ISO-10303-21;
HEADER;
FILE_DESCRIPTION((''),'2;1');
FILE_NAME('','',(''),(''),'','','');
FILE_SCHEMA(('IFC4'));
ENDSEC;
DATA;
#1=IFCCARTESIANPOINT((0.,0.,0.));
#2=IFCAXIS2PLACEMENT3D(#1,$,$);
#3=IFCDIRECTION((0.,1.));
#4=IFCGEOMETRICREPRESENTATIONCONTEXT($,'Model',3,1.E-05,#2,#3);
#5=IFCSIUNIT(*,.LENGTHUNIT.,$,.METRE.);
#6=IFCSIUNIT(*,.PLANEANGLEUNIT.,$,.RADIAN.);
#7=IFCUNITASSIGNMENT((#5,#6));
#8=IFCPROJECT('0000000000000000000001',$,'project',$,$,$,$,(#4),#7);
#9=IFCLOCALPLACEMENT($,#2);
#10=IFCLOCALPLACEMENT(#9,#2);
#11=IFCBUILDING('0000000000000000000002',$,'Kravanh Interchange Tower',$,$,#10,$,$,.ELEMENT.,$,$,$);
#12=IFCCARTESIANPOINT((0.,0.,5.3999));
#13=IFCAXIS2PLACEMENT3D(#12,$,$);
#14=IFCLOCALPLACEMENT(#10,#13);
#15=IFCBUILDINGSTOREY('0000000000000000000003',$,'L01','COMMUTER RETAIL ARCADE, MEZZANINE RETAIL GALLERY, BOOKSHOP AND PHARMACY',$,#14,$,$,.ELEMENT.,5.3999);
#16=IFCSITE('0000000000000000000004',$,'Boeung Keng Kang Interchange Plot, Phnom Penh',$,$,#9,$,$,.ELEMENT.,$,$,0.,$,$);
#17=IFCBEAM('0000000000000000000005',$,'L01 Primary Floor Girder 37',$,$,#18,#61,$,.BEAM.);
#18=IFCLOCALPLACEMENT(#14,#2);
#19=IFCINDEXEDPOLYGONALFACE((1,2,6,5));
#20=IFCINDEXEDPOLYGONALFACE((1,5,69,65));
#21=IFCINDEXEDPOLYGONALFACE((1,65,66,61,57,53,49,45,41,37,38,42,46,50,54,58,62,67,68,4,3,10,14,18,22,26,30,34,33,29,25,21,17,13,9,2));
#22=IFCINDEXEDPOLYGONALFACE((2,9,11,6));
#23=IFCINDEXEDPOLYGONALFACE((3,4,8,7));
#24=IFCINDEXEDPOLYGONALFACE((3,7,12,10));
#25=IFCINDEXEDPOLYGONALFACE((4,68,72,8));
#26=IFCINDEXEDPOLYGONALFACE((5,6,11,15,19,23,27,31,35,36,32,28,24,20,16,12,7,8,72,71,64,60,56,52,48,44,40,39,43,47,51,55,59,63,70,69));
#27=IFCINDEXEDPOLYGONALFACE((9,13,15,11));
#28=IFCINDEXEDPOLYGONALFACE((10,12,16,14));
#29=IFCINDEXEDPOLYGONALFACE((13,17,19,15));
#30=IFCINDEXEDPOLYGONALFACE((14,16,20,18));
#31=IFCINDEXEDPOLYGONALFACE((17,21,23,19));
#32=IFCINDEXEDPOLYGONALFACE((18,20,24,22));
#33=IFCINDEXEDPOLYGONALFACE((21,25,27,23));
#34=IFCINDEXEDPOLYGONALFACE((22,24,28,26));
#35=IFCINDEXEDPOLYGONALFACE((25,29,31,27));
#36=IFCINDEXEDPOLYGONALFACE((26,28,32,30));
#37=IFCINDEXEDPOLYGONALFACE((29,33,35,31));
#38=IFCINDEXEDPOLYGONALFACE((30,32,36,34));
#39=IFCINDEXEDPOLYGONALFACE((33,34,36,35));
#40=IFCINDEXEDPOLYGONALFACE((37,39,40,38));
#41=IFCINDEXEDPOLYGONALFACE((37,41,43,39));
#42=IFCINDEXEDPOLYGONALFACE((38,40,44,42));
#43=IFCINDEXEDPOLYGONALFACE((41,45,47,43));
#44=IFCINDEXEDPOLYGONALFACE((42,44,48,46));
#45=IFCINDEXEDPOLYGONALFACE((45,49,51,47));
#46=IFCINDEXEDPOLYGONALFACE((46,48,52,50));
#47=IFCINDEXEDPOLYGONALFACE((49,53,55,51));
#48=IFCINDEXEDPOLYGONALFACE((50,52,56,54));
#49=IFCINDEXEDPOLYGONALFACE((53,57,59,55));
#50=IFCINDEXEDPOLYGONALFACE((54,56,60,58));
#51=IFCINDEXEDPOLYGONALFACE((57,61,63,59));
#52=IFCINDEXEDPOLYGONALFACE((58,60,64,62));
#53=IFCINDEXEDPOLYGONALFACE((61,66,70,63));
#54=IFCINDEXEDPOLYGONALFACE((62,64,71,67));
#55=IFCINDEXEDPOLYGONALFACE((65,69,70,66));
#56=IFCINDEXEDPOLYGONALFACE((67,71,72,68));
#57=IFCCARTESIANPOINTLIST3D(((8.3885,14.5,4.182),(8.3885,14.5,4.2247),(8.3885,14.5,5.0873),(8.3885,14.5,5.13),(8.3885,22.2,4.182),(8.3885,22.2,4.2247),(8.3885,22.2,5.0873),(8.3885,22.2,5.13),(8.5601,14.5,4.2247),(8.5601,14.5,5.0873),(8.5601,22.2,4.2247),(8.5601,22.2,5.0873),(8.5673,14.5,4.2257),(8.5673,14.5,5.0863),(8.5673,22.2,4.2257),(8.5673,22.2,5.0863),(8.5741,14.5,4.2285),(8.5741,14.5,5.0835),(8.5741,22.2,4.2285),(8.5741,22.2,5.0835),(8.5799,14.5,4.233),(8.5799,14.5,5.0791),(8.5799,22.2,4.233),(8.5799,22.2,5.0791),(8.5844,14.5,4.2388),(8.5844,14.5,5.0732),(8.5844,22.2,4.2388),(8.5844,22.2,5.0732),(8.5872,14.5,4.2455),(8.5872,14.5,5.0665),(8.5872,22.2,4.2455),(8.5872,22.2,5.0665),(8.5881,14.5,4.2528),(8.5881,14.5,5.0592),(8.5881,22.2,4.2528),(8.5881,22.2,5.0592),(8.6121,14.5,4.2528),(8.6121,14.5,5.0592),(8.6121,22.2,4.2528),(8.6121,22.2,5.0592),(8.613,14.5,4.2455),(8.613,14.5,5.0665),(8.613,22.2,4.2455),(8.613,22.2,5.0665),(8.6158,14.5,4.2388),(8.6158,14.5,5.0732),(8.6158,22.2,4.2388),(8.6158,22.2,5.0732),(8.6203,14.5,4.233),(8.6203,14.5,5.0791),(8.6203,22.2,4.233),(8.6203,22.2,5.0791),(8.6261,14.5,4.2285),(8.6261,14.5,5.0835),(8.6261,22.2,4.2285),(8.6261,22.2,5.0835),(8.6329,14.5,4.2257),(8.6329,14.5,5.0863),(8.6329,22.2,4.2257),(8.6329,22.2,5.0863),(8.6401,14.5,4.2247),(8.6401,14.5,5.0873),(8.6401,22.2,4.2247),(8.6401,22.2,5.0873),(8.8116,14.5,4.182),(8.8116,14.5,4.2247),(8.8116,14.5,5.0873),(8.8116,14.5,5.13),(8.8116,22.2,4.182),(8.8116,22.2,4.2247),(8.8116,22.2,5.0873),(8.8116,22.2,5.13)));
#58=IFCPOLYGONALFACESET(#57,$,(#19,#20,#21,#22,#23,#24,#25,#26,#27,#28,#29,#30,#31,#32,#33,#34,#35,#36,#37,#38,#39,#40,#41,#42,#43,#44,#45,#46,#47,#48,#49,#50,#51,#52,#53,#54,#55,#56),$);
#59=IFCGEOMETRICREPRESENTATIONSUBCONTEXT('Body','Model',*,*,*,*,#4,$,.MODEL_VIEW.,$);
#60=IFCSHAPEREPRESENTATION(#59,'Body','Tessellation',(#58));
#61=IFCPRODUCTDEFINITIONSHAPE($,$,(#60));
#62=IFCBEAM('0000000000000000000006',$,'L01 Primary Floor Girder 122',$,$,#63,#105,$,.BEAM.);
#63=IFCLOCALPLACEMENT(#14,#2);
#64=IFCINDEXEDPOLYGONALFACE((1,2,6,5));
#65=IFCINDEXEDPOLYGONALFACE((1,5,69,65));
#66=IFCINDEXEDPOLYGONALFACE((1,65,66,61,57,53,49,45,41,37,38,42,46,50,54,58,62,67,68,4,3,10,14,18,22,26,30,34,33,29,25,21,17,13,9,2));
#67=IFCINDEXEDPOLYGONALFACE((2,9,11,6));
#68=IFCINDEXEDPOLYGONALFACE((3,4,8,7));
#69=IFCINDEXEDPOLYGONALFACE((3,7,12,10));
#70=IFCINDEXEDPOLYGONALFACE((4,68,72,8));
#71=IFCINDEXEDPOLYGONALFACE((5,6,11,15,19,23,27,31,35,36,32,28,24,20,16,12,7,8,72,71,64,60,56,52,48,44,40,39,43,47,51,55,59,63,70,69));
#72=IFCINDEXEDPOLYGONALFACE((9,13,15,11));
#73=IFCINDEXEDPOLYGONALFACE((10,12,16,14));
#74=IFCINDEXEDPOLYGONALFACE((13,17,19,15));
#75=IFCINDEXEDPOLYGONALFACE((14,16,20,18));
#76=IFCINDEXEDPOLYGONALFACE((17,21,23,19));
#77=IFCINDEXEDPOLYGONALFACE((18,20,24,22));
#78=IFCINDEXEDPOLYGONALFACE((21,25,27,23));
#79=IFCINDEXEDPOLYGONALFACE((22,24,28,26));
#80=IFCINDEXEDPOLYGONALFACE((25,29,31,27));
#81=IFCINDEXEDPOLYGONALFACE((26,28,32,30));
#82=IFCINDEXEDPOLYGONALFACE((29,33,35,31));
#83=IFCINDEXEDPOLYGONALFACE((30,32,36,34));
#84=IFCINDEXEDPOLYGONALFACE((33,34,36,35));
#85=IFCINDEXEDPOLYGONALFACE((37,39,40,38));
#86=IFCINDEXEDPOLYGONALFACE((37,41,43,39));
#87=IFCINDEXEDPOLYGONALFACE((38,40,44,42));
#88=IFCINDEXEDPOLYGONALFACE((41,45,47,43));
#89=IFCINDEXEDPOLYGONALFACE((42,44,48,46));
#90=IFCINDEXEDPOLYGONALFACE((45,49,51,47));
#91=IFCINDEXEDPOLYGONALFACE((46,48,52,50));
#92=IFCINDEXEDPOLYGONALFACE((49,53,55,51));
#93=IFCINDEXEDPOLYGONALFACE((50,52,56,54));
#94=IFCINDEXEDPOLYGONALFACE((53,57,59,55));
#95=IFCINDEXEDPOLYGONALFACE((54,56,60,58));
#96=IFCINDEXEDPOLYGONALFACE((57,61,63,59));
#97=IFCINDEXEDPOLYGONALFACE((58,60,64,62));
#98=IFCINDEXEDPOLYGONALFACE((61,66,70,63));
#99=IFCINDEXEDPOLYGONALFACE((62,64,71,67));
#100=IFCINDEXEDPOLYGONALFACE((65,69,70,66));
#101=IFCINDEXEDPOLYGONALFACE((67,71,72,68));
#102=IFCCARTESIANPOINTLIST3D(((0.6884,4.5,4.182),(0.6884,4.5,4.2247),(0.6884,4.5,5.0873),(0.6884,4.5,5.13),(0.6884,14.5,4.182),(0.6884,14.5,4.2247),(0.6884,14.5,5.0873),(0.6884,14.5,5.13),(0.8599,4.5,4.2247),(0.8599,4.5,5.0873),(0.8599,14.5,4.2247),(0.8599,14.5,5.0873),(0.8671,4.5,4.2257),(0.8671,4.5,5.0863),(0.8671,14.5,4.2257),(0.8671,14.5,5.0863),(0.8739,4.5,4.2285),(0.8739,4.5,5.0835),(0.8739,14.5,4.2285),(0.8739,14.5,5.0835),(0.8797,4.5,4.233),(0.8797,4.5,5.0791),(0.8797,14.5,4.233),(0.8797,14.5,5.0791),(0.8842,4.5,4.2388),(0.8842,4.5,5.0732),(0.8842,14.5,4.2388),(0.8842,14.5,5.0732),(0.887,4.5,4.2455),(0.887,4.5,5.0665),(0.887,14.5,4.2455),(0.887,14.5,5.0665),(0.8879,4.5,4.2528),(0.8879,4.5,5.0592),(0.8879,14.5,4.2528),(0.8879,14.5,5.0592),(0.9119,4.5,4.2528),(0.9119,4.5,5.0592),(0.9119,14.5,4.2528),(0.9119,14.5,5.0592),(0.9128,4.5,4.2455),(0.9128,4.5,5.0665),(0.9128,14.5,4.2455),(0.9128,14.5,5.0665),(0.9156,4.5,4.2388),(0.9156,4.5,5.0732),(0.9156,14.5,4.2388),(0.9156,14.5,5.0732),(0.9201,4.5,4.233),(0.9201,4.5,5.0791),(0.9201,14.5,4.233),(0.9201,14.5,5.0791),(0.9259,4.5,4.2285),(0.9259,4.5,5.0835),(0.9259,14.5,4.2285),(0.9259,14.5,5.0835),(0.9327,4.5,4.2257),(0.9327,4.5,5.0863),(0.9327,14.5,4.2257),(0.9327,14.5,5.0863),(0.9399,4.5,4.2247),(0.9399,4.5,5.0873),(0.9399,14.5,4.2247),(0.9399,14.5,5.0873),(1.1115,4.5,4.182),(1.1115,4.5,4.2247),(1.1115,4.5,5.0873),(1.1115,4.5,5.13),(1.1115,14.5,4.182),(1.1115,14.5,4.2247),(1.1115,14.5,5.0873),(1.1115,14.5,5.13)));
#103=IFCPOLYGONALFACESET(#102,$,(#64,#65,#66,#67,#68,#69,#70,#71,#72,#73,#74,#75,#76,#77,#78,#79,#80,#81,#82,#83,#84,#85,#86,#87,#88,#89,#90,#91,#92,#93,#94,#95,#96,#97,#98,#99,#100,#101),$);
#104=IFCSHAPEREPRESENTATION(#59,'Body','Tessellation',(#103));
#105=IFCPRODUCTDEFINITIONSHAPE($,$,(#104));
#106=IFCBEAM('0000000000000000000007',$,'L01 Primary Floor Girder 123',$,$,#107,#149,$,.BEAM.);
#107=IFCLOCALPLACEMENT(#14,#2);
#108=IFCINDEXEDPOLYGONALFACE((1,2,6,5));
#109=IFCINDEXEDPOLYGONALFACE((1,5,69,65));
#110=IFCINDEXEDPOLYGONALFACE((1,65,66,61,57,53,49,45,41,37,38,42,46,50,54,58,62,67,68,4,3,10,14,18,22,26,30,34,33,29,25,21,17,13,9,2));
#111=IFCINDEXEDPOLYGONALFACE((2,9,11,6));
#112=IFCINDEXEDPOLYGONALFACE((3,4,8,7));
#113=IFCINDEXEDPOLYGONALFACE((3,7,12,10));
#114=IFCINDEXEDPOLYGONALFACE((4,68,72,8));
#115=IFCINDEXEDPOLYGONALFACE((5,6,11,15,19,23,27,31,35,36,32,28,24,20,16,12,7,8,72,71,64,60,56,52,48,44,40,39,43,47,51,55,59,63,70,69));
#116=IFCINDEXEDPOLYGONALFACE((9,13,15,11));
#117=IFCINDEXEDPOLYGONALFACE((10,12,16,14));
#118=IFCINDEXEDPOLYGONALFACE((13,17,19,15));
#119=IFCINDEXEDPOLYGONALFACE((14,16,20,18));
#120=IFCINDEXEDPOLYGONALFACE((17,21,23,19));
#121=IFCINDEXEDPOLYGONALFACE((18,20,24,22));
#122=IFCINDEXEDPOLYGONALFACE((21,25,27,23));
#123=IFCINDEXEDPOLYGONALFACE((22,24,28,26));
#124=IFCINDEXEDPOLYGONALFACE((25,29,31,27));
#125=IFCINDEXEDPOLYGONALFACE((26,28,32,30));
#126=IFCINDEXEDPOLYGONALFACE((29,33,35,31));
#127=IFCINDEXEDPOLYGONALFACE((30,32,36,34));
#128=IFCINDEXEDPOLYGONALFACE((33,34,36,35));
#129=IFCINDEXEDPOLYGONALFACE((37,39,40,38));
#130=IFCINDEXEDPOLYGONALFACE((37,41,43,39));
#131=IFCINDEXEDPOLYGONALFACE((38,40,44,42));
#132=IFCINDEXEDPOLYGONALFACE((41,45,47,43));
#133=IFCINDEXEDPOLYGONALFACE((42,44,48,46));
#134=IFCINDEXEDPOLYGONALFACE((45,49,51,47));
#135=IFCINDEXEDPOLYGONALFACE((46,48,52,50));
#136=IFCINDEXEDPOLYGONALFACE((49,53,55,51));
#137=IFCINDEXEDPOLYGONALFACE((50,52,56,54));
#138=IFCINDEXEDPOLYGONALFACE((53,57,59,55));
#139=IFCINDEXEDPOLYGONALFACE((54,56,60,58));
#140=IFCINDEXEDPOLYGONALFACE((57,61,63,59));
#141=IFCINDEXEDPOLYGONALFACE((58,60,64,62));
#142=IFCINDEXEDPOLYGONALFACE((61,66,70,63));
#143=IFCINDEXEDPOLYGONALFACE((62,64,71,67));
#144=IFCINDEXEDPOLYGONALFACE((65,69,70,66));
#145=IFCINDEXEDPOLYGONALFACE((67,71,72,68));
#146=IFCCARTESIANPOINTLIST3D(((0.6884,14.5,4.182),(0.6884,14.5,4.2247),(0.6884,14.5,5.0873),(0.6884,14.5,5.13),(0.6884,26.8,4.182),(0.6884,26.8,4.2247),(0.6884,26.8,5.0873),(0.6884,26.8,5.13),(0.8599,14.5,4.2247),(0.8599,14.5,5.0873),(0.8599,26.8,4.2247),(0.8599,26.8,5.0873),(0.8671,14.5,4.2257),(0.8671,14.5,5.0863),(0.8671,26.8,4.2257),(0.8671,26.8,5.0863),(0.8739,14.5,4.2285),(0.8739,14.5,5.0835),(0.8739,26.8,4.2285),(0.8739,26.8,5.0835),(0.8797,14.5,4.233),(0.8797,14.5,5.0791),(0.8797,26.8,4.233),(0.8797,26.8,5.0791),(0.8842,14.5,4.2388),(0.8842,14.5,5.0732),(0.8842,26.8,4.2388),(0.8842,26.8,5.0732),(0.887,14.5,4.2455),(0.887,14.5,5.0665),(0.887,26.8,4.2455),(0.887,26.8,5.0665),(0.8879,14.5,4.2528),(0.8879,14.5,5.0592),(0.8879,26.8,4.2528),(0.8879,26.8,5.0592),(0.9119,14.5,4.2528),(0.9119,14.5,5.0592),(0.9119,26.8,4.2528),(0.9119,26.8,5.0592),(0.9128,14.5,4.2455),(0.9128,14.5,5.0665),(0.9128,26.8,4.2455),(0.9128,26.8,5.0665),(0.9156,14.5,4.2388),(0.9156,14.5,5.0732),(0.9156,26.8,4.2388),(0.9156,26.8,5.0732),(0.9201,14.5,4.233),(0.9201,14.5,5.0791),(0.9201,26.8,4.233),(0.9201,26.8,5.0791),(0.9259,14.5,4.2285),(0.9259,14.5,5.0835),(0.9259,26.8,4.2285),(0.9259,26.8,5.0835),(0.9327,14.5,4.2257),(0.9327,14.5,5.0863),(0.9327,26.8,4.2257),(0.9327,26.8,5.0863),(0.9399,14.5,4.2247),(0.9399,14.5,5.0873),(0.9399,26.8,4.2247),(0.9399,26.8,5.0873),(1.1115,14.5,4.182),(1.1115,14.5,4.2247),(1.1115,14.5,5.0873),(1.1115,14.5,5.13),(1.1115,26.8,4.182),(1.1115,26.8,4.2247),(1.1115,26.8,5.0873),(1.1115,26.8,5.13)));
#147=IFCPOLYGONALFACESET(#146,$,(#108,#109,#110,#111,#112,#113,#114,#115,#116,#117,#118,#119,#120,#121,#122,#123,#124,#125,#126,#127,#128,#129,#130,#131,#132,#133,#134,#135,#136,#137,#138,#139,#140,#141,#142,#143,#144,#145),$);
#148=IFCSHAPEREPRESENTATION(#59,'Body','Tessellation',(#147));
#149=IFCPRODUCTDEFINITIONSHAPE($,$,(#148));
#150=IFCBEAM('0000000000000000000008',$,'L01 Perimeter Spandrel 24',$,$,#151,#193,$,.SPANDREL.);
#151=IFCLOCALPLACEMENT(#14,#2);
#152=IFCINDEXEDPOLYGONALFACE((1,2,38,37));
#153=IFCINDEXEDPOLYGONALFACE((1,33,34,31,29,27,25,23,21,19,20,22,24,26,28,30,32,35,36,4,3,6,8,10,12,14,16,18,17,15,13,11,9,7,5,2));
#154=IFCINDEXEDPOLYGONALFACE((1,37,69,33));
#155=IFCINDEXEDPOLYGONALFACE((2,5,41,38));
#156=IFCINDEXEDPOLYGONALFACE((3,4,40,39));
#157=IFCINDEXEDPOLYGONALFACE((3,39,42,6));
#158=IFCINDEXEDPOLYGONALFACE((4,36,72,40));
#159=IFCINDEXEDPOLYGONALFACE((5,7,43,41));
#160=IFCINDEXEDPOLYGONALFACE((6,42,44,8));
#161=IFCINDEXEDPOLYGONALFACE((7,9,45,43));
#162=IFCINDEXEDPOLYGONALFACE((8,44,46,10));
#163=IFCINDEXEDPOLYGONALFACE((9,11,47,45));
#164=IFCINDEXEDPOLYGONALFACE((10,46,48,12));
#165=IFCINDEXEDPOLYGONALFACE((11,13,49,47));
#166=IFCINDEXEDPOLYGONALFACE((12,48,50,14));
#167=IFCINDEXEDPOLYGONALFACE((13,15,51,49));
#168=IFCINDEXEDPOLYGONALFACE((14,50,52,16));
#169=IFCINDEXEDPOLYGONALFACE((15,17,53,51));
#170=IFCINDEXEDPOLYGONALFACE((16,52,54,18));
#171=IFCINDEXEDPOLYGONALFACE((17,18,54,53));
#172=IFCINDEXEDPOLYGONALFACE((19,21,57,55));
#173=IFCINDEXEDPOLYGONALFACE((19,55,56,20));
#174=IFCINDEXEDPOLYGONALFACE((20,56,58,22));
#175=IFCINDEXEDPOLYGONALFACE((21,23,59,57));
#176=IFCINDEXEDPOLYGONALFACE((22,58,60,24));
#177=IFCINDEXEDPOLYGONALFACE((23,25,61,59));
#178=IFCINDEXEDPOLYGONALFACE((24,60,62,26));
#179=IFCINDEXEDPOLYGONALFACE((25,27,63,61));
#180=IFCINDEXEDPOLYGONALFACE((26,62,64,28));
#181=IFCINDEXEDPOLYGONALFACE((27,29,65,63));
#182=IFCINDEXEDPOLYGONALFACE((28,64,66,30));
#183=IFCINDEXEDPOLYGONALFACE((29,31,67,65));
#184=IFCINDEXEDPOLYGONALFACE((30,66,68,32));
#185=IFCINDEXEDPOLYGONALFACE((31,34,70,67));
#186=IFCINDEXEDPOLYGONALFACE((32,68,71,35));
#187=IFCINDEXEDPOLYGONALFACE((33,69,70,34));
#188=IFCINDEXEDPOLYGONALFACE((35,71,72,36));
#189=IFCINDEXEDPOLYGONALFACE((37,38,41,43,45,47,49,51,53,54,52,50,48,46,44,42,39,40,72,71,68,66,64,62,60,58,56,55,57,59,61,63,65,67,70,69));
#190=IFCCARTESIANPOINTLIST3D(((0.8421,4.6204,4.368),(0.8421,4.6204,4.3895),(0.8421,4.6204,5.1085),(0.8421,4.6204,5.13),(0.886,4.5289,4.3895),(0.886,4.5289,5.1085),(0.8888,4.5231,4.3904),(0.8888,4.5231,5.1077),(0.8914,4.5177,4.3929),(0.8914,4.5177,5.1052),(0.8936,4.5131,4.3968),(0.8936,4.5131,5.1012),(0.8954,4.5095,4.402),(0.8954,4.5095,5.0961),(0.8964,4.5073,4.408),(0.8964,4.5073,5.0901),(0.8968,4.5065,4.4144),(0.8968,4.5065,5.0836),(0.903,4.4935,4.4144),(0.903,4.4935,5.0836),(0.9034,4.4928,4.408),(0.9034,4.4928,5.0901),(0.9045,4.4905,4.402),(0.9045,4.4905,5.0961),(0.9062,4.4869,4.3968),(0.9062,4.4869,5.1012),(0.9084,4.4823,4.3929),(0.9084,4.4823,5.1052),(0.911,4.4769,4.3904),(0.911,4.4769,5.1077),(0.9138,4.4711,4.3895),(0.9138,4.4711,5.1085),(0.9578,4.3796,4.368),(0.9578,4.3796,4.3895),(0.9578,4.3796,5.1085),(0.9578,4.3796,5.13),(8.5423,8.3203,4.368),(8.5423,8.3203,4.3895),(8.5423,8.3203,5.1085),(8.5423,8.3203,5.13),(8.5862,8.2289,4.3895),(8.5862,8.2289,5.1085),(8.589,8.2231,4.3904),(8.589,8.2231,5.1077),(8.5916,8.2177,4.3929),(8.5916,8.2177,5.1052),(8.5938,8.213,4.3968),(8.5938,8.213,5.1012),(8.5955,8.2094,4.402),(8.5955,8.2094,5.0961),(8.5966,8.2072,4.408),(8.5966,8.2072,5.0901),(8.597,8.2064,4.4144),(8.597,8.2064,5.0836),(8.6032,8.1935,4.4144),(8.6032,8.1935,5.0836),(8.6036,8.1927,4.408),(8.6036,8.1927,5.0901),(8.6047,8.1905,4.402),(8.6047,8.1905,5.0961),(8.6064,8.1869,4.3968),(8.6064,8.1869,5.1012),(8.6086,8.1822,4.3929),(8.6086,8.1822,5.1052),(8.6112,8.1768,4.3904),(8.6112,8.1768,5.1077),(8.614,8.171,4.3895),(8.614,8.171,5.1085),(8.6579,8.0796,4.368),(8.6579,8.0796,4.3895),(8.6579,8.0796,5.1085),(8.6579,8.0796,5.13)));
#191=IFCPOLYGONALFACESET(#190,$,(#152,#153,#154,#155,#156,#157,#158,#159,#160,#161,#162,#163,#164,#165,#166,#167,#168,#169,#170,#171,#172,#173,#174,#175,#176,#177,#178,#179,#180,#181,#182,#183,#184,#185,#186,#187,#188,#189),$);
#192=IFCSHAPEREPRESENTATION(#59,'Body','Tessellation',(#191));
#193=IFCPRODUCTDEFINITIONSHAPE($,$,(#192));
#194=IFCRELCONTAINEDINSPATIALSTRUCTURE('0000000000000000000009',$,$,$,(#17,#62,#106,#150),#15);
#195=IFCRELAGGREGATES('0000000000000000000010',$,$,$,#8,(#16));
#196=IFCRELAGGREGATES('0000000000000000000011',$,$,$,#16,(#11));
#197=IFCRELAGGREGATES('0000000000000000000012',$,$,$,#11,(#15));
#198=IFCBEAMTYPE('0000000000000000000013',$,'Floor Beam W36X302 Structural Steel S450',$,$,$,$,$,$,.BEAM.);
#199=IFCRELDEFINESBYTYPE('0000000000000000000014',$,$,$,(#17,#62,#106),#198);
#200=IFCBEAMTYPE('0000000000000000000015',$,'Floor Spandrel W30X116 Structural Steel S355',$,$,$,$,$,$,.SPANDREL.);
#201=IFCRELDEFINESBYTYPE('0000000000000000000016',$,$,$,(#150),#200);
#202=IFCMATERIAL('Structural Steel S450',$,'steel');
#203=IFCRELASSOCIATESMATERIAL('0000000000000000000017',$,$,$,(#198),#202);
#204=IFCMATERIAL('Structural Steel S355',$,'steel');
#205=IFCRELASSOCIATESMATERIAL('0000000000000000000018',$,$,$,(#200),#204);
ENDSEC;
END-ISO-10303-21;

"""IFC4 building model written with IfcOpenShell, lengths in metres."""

from ifc_helpers import new_model, si_unit, direction, frame, origin, origin_2d, place, context, subcontext, project, spatial, i_section, extrude, material, material_profile, profile_set, type_object, element, save


model = new_model("IFC4")

# Units and contexts
model_context = context("Model", 3, precision=1e-05, world=origin(), true_north=direction((0.0, 1.0)))
body_context = subcontext(model_context, "Body", "Model", "MODEL_VIEW")
ifc_project = project(units=[si_unit("LENGTHUNIT", "METRE"), si_unit("PLANEANGLEUNIT", "RADIAN")], contexts=[model_context])

# Site, building, storey
site_placement = place(None, origin())
site = spatial("IfcSite", under=ifc_project, at=site_placement, Name="Boeung Keng Kang Interchange Plot, Phnom Penh", CompositionType="ELEMENT", RefElevation=0.0)
building_placement = place(site_placement, origin())
building = spatial("IfcBuilding", under=site, at=building_placement, Name="Kravanh Interchange Tower", CompositionType="ELEMENT")
storey_placement = place(building_placement, frame((0.0, 0.0, 5.3999)))
storey = spatial("IfcBuildingStorey", under=building, at=storey_placement, Name="L01", Description="COMMUTER RETAIL ARCADE, MEZZANINE RETAIL GALLERY, BOOKSHOP AND PHARMACY", CompositionType="ELEMENT", Elevation=5.3999)

# Beams
ifc_material_1 = material(Name="Structural Steel S450", Category="steel")
ifc_material_profile_1 = material_profile(ifc_material_1, i_section(OverallWidth=0.4231, OverallDepth=0.948, WebThickness=0.0239, FlangeThickness=0.0427, FilletRadius=0.0281, at=origin_2d()), Name="W36X302")
ifc_profile_set_1 = profile_set([ifc_material_profile_1], Name="Structural Steel S450")
beam_type_1 = type_object("IfcBeamType", Name="Floor Beam W36X302 Structural Steel S450", PredefinedType="BEAM", material=ifc_profile_set_1)
beam_1_placement = place(storey_placement, frame((8.6001, 14.5, 4.656), z_axis=(0.0, 1.0, 0.0), x_axis=(-1.0, 0.0, 0.0)))
element("IfcBeam", 1, at=beam_1_placement, inside=storey, type_object=beam_type_1, Name="L01 Primary Floor Girder 37", PredefinedType="BEAM", context=body_context, shape_type="SweptSolid", body=[
    extrude(i_section(OverallWidth=0.4231, OverallDepth=0.948, WebThickness=0.0239, FlangeThickness=0.0427, FilletRadius=0.0281, at=origin_2d()), origin(), (0.0, 0.0, 1.0), 7.7),
])
beam_2_placement = place(storey_placement, frame((0.8999, 4.5, 4.656), z_axis=(0.0, 1.0, 0.0), x_axis=(-1.0, 0.0, 0.0)))
element("IfcBeam", 2, at=beam_2_placement, inside=storey, type_object=beam_type_1, Name="L01 Primary Floor Girder 122", PredefinedType="BEAM", context=body_context, shape_type="SweptSolid", body=[
    extrude(i_section(OverallWidth=0.4231, OverallDepth=0.948, WebThickness=0.0239, FlangeThickness=0.0427, FilletRadius=0.0281, at=origin_2d()), origin(), (0.0, 0.0, 1.0), 10.0),
])
beam_3_placement = place(storey_placement, frame((0.8999, 14.5, 4.656), z_axis=(0.0, 1.0, 0.0), x_axis=(-1.0, 0.0, 0.0)))
element("IfcBeam", 3, at=beam_3_placement, inside=storey, type_object=beam_type_1, Name="L01 Primary Floor Girder 123", PredefinedType="BEAM", context=body_context, shape_type="SweptSolid", body=[
    extrude(i_section(OverallWidth=0.4231, OverallDepth=0.948, WebThickness=0.0239, FlangeThickness=0.0427, FilletRadius=0.0281, at=origin_2d()), origin(), (0.0, 0.0, 1.0), 12.3),
])
ifc_material_2 = material(Name="Structural Steel S355", Category="steel")
ifc_material_profile_2 = material_profile(ifc_material_2, i_section(OverallWidth=0.2671, OverallDepth=0.762, WebThickness=0.0144, FlangeThickness=0.0215, FilletRadius=0.0249, at=origin_2d()), Name="W30X116")
ifc_profile_set_2 = profile_set([ifc_material_profile_2], Name="Structural Steel S355")
beam_type_2 = type_object("IfcBeamType", Name="Floor Spandrel W30X116 Structural Steel S355", PredefinedType="SPANDREL", material=ifc_profile_set_2)
beam_4_placement = place(storey_placement, frame((8.6001, 8.2, 4.749), z_axis=(-0.901347, -0.433098, 0.0), x_axis=(0.433098, -0.901347, 0.0)))
element("IfcBeam", 4, at=beam_4_placement, inside=storey, type_object=beam_type_2, Name="L01 Perimeter Spandrel 24", PredefinedType="SPANDREL", context=body_context, shape_type="SweptSolid", body=[
    extrude(i_section(OverallWidth=0.2671, OverallDepth=0.762, WebThickness=0.0144, FlangeThickness=0.0215, FilletRadius=0.0249, at=origin_2d()), origin(), (0.0, 0.0, 1.0), 8.543),
])

save(model, "model.ifc")
